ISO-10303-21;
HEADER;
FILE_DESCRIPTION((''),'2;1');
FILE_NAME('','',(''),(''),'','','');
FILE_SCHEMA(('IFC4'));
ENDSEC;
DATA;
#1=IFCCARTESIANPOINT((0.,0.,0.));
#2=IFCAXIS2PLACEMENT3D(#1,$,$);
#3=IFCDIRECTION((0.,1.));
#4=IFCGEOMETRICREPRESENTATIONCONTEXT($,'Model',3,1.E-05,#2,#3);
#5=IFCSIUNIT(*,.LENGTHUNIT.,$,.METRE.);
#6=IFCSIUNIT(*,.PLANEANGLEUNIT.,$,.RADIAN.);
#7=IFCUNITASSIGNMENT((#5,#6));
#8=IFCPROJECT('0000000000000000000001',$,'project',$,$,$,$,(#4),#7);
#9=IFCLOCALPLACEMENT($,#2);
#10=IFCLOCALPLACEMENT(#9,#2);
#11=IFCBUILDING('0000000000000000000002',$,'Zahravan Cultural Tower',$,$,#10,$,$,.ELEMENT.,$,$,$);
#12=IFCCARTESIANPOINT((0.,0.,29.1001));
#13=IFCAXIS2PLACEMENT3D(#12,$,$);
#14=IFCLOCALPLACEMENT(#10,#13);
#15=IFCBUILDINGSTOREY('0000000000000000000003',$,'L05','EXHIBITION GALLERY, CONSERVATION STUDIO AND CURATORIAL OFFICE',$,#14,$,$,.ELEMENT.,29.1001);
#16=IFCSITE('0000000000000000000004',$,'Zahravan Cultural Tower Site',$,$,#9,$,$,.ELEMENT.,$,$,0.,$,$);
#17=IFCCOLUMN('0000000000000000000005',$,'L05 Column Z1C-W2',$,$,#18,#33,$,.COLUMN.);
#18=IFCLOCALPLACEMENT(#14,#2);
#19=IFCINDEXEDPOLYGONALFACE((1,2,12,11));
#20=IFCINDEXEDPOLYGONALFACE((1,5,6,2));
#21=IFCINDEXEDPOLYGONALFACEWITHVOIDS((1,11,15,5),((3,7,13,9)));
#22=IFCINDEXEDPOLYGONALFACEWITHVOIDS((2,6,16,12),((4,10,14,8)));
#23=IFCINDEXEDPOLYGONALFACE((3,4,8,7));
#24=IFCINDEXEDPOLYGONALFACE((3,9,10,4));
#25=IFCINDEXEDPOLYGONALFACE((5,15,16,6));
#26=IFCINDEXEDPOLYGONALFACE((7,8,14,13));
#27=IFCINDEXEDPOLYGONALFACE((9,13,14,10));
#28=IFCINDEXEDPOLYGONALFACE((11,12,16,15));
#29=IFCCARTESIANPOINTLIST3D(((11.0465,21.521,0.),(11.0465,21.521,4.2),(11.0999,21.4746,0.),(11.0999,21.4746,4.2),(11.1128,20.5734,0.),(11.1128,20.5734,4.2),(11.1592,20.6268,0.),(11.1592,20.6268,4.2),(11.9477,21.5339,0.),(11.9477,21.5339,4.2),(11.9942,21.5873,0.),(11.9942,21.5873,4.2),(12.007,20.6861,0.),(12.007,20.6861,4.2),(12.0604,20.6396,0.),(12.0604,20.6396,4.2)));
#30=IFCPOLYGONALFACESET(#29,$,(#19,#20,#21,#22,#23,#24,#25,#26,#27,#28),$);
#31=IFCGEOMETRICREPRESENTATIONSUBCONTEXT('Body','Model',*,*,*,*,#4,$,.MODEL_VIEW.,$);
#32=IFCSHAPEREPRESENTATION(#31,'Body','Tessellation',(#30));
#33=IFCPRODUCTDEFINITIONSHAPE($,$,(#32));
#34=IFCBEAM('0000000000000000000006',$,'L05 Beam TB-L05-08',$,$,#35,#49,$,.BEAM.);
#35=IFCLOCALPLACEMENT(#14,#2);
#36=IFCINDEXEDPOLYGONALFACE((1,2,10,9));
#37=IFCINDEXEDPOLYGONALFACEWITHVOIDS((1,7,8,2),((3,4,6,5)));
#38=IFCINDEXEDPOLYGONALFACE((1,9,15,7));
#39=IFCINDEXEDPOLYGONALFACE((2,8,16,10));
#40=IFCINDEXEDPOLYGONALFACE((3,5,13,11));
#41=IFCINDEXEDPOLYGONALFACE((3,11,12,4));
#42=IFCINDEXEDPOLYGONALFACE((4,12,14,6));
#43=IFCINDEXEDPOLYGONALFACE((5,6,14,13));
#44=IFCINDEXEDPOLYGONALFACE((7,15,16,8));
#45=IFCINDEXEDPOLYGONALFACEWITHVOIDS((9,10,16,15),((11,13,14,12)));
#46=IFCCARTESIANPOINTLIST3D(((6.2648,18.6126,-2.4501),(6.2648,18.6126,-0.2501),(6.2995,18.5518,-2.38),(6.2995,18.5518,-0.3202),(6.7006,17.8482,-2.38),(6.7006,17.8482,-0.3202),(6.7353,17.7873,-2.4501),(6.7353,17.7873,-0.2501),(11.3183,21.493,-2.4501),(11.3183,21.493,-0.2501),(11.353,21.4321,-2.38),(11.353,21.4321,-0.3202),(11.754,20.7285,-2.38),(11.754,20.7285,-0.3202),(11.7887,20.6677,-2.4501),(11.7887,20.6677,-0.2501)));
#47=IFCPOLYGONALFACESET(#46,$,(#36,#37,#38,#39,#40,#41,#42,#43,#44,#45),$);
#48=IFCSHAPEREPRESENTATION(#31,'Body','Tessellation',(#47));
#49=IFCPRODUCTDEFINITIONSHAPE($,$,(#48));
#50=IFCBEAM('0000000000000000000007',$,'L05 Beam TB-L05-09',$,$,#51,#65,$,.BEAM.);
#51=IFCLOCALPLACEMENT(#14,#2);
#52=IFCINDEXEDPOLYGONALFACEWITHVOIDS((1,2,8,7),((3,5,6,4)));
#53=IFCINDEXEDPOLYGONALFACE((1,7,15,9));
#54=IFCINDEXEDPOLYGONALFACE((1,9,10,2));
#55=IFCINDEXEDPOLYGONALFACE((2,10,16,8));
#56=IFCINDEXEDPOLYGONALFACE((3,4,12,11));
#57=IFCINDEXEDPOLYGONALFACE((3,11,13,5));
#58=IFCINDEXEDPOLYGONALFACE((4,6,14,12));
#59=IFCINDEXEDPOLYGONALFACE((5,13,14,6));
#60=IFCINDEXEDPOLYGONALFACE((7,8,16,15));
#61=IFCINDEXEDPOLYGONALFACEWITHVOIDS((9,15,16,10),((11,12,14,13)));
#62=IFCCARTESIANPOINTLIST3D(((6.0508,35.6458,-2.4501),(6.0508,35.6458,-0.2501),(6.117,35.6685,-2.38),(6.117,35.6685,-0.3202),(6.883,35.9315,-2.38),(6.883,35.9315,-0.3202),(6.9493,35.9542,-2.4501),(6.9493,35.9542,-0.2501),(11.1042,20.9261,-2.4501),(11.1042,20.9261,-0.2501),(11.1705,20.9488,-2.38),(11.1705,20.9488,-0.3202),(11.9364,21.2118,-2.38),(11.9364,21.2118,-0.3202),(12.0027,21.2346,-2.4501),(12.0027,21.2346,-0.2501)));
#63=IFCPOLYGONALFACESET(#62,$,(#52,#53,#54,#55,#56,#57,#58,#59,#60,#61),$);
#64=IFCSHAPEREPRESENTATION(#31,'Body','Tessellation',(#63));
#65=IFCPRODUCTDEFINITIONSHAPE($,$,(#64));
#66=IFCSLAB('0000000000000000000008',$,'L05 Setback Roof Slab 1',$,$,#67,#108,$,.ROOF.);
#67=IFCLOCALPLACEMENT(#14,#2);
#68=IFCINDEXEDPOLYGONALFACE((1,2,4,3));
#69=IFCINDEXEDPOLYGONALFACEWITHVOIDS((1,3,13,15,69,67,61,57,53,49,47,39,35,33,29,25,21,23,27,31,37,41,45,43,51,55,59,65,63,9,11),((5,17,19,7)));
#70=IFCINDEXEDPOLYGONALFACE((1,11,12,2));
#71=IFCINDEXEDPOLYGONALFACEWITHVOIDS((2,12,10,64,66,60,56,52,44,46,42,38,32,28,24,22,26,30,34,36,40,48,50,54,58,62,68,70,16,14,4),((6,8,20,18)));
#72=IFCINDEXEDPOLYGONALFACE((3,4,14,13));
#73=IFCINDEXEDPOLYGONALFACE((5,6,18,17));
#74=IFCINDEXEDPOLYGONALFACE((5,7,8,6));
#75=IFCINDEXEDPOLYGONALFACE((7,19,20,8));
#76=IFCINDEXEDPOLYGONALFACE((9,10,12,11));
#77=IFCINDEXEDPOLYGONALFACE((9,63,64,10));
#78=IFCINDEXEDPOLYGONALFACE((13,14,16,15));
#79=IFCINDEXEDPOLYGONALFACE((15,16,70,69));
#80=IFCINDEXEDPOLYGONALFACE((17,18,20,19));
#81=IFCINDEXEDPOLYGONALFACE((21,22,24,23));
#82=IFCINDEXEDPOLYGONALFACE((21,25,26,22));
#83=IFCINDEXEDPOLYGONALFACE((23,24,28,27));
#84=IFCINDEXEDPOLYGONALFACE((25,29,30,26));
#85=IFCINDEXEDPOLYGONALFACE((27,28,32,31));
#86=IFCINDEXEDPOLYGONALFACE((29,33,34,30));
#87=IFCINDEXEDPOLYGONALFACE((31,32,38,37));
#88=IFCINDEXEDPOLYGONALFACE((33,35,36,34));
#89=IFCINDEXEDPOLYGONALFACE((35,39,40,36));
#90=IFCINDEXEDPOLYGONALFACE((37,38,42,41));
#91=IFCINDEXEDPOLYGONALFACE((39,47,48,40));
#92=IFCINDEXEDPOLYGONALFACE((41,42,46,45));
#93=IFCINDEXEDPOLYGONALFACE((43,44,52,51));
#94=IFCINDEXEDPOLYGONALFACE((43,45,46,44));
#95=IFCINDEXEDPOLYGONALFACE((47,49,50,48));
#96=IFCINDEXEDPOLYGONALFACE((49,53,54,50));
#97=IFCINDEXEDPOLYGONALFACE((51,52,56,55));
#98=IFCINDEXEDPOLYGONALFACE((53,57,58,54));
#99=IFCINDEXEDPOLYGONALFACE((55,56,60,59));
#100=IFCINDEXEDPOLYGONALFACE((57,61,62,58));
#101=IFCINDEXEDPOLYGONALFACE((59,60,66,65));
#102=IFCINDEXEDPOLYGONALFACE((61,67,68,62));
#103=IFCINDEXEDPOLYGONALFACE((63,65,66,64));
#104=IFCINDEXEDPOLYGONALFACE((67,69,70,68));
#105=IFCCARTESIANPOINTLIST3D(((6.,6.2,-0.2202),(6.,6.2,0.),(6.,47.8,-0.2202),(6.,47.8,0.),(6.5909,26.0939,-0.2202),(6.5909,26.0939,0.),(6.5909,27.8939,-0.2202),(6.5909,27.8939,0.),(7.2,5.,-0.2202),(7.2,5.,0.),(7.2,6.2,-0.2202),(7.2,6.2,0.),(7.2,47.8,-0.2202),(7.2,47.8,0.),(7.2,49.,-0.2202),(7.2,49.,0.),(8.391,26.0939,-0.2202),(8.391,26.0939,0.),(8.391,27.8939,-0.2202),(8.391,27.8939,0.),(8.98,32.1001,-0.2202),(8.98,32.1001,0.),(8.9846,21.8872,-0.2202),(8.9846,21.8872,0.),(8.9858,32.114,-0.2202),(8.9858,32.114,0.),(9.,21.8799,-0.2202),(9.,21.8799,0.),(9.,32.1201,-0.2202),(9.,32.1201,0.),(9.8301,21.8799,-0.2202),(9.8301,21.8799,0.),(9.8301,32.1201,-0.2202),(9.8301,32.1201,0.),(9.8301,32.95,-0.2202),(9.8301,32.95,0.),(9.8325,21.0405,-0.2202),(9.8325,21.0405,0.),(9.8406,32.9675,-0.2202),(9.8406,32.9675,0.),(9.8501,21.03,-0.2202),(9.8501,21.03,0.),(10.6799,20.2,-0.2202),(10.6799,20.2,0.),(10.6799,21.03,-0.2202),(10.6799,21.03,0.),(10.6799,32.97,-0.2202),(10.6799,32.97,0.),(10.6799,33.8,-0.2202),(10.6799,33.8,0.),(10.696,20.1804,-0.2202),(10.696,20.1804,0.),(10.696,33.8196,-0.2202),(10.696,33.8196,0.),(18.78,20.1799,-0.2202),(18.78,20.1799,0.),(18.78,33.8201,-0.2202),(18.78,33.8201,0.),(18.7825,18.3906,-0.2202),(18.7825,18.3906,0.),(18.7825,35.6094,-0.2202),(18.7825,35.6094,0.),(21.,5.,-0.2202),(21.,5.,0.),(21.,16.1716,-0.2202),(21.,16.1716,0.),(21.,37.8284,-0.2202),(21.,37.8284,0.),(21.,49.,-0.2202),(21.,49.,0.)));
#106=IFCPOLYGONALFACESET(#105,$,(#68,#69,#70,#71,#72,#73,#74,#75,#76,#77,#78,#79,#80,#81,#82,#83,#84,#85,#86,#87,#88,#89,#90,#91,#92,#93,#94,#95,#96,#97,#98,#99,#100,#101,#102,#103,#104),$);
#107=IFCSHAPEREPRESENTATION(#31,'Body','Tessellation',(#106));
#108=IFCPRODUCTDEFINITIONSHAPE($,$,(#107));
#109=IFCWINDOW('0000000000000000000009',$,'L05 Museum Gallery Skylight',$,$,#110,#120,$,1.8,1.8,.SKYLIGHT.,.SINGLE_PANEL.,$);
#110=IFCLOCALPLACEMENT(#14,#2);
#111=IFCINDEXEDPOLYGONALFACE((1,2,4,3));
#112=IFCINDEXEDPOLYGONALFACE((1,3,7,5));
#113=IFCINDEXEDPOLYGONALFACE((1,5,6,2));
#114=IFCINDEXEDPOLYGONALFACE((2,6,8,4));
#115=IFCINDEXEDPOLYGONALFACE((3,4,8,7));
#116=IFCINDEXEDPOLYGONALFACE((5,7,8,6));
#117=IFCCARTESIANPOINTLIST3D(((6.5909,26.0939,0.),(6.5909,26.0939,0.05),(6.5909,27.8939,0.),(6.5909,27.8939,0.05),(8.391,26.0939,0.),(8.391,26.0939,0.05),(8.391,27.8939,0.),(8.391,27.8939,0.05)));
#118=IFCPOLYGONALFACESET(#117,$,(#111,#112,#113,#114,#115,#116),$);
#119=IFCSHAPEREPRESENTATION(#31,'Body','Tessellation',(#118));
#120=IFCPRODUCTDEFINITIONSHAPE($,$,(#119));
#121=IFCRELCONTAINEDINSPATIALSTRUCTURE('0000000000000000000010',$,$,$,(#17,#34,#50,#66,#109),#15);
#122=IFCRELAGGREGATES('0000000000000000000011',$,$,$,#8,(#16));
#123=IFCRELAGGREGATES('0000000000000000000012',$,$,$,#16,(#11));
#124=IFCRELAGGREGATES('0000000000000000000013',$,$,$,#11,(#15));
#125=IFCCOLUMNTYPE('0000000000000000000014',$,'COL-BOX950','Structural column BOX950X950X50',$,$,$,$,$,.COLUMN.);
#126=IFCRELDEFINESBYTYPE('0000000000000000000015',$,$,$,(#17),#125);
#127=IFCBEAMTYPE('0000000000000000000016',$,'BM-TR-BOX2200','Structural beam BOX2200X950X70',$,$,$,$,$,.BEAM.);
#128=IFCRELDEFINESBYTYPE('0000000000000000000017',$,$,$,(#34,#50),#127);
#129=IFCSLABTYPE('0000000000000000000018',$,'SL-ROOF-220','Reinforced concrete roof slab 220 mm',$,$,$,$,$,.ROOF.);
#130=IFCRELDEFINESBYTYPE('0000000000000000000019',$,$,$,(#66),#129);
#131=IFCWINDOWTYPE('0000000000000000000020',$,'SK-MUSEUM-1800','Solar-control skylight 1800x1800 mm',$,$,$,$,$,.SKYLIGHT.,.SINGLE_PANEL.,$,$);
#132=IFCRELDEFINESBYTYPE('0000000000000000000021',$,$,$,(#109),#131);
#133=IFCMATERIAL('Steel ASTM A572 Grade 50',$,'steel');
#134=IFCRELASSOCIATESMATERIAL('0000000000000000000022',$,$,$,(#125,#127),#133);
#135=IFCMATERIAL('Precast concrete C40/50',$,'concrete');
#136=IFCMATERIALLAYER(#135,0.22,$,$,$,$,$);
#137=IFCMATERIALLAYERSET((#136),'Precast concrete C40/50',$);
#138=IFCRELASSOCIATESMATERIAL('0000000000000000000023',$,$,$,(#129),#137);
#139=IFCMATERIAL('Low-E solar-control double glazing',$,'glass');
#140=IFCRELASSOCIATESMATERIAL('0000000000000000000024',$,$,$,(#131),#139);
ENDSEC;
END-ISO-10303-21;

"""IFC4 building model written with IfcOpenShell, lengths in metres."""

from ifc_helpers import new_model, si_unit, direction, frame, origin, origin_2d, place, context, subcontext, project, spatial, polyline, rectangle, hollow_rectangle, outline, extrude, source, transform, mapped, material, layer, layer_set, material_profile, profile_set, type_object, element, fill, save


model = new_model("IFC4")

# Units and contexts
model_context = context("Model", 3, precision=1e-05, world=origin(), true_north=direction((0.0, 1.0)))
body_context = subcontext(model_context, "Body", "Model", "MODEL_VIEW")
ifc_project = project(units=[si_unit("LENGTHUNIT", "METRE"), si_unit("PLANEANGLEUNIT", "RADIAN")], contexts=[model_context])

# Site, building, storey
site_placement = place(None, origin())
site = spatial("IfcSite", under=ifc_project, at=site_placement, Name="Zahravan Cultural Tower Site", CompositionType="ELEMENT", RefElevation=0.0)
building_placement = place(site_placement, origin())
building = spatial("IfcBuilding", under=site, at=building_placement, Name="Zahravan Cultural Tower", CompositionType="ELEMENT")
storey_placement = place(building_placement, frame((0.0, 0.0, 29.1001)))
storey = spatial("IfcBuildingStorey", under=building, at=storey_placement, Name="L05", Description="EXHIBITION GALLERY, CONSERVATION STUDIO AND CURATORIAL OFFICE", CompositionType="ELEMENT", Elevation=29.1001)

# Column
ifc_material_1 = material(Name="Steel ASTM A572 Grade 50", Category="steel")
ifc_material_profile_1 = material_profile(ifc_material_1, hollow_rectangle(XDim=0.95, YDim=0.95, WallThickness=0.05, at=origin_2d()), Name="BOX950X950X50")
ifc_profile_set_1 = profile_set([ifc_material_profile_1], Name="Steel ASTM A572 Grade 50")
column_type = type_object("IfcColumnType", Name="COL-BOX950", Description="Structural column BOX950X950X50", PredefinedType="COLUMN", material=ifc_profile_set_1)
shared_shape_1 = source(origin(), body_context, "Body", "SweptSolid", [
    extrude(hollow_rectangle(XDim=0.95, YDim=0.95, WallThickness=0.05, at=origin_2d()), origin(), (0.0, 0.0, 1.0), 4.2),
])
column_placement = place(storey_placement, frame((11.5535, 21.0803, 0.0), z_axis=(0.0, 0.0, 1.0), x_axis=(0.997564, 0.069756, 0.0)))
element("IfcColumn", 1, at=column_placement, inside=storey, type_object=column_type, Name="L05 Column Z1C-W2", PredefinedType="COLUMN", context=body_context, shape_type="MappedRepresentation", body=[
    mapped(shared_shape_1, transform((0.0, 0.0, 0.0), x_axis=(1.0, 0.0, 0.0), y_axis=(0.0, 1.0, 0.0), z_axis=(0.0, 0.0, 1.0), scale=1.0)),
])

# Beams
ifc_material_profile_2 = material_profile(ifc_material_1, hollow_rectangle(XDim=0.95, YDim=2.2, WallThickness=0.0701, at=origin_2d()), Name="BOX2200X950X70")
ifc_profile_set_2 = profile_set([ifc_material_profile_2], Name="Steel ASTM A572 Grade 50")
beam_type = type_object("IfcBeamType", Name="BM-TR-BOX2200", Description="Structural beam BOX2200X950X70", PredefinedType="BEAM", material=ifc_profile_set_2)
shared_shape_2 = source(origin(), body_context, "Body", "SweptSolid", [
    extrude(hollow_rectangle(XDim=0.95, YDim=2.2, WallThickness=0.0701, at=origin_2d()), origin(), (0.0, 0.0, 1.0), 5.8167),
])
beam_1_placement = place(storey_placement, frame((11.5535, 21.0803, -1.3501), z_axis=(-0.868785, -0.495189, 0.0), x_axis=(0.495189, -0.868785, 0.0)))
element("IfcBeam", 2, at=beam_1_placement, inside=storey, type_object=beam_type, Name="L05 Beam TB-L05-08", PredefinedType="BEAM", context=body_context, shape_type="MappedRepresentation", body=[
    mapped(shared_shape_2, transform((0.0, 0.0, 0.0), x_axis=(1.0, 0.0, 0.0), y_axis=(0.0, 1.0, 0.0), z_axis=(0.0, 0.0, 1.0), scale=1.0)),
])
shared_shape_3 = source(origin(), body_context, "Body", "SweptSolid", [
    extrude(hollow_rectangle(XDim=0.95, YDim=2.2, WallThickness=0.0701, at=origin_2d()), origin(), (0.0, 0.0, 1.0), 15.563),
])
beam_2_placement = place(storey_placement, frame((11.5535, 21.0803, -1.3501), z_axis=(-0.32471, 0.945814, 0.0), x_axis=(-0.945814, -0.32471, 0.0)))
element("IfcBeam", 3, at=beam_2_placement, inside=storey, type_object=beam_type, Name="L05 Beam TB-L05-09", PredefinedType="BEAM", context=body_context, shape_type="MappedRepresentation", body=[
    mapped(shared_shape_3, transform((0.0, 0.0, 0.0), x_axis=(1.0, 0.0, 0.0), y_axis=(0.0, 1.0, 0.0), z_axis=(0.0, 0.0, 1.0), scale=1.0)),
])

# Slab, opening, window
ifc_material_2 = material(Name="Precast concrete C40/50", Category="concrete")
ifc_layer_1 = layer(ifc_material_2, 0.22)
ifc_layer_set_1 = layer_set([ifc_layer_1], Name="Precast concrete C40/50")
slab_type_1 = type_object("IfcSlabType", Name="SL-ROOF-220", Description="Reinforced concrete roof slab 220 mm", PredefinedType="ROOF", material=ifc_layer_set_1)
slab_1_placement = place(storey_placement, frame((0.0, 0.0, -0.2202)))
slab_1 = element("IfcSlab", 4, at=slab_1_placement, inside=storey, type_object=slab_type_1, Name="L05 Setback Roof Slab 1", PredefinedType="ROOF", context=body_context, shape_type="SweptSolid", body=[
    extrude(outline(polyline([(7.2, 6.2), (7.2, 5.0), (21.0, 5.0), (21.0, 16.1716), (18.7825, 18.3906), (18.78, 20.1799), (10.696, 20.1804), (10.6799, 20.2), (10.6799, 21.03), (9.8501, 21.03), (9.8325, 21.0405), (9.8301, 21.8799), (9.0, 21.8799), (8.9846, 21.8872), (8.98, 32.1001), (8.9858, 32.114), (9.0, 32.1201), (9.8301, 32.1201), (9.8301, 32.95), (9.8406, 32.9675), (10.6799, 32.97), (10.6799, 33.8), (10.696, 33.8196), (18.78, 33.8201), (18.7825, 35.6094), (21.0, 37.8284), (21.0, 49.0), (7.2, 49.0), (7.2, 47.8), (6.0, 47.8), (6.0, 6.2), (7.2, 6.2)])), origin(), (0.0, 0.0, 1.0), 0.2202),
])
opening_1_placement = place(slab_1_placement, frame((7.491, 26.9939, 0.0)))
opening_1 = element("IfcOpeningElement", 5, at=opening_1_placement, cuts=slab_1, PredefinedType="OPENING", context=body_context, shape_type="SweptSolid", body=[
    extrude(rectangle(XDim=1.8, YDim=1.8, at=origin_2d()), frame((0.0, 0.0, -0.01), z_axis=(0.0, 0.0, 1.0), x_axis=(1.0, 0.0, 0.0)), (0.0, 0.0, 1.0), 0.3103),
])
ifc_material_3 = material(Name="Low-E solar-control double glazing", Category="glass")
window_type_1 = type_object("IfcWindowType", Name="SK-MUSEUM-1800", Description="Solar-control skylight 1800x1800 mm", PartitioningType="SINGLE_PANEL", PredefinedType="SKYLIGHT", material=ifc_material_3)
window_1_placement = place(opening_1_placement, frame((0.0, 0.0, 0.2202)))
window_1 = element("IfcWindow", 6, at=window_1_placement, inside=storey, type_object=window_type_1, Name="L05 Museum Gallery Skylight", OverallHeight=1.8, OverallWidth=1.8, PartitioningType="SINGLE_PANEL", PredefinedType="SKYLIGHT", context=body_context, shape_type="SweptSolid", body=[
    extrude(rectangle(XDim=1.8, YDim=1.8, at=origin_2d()), origin(), (0.0, 0.0, 1.0), 0.05),
])
fill(opening_1, window_1)

save(model, "model.ifc")
